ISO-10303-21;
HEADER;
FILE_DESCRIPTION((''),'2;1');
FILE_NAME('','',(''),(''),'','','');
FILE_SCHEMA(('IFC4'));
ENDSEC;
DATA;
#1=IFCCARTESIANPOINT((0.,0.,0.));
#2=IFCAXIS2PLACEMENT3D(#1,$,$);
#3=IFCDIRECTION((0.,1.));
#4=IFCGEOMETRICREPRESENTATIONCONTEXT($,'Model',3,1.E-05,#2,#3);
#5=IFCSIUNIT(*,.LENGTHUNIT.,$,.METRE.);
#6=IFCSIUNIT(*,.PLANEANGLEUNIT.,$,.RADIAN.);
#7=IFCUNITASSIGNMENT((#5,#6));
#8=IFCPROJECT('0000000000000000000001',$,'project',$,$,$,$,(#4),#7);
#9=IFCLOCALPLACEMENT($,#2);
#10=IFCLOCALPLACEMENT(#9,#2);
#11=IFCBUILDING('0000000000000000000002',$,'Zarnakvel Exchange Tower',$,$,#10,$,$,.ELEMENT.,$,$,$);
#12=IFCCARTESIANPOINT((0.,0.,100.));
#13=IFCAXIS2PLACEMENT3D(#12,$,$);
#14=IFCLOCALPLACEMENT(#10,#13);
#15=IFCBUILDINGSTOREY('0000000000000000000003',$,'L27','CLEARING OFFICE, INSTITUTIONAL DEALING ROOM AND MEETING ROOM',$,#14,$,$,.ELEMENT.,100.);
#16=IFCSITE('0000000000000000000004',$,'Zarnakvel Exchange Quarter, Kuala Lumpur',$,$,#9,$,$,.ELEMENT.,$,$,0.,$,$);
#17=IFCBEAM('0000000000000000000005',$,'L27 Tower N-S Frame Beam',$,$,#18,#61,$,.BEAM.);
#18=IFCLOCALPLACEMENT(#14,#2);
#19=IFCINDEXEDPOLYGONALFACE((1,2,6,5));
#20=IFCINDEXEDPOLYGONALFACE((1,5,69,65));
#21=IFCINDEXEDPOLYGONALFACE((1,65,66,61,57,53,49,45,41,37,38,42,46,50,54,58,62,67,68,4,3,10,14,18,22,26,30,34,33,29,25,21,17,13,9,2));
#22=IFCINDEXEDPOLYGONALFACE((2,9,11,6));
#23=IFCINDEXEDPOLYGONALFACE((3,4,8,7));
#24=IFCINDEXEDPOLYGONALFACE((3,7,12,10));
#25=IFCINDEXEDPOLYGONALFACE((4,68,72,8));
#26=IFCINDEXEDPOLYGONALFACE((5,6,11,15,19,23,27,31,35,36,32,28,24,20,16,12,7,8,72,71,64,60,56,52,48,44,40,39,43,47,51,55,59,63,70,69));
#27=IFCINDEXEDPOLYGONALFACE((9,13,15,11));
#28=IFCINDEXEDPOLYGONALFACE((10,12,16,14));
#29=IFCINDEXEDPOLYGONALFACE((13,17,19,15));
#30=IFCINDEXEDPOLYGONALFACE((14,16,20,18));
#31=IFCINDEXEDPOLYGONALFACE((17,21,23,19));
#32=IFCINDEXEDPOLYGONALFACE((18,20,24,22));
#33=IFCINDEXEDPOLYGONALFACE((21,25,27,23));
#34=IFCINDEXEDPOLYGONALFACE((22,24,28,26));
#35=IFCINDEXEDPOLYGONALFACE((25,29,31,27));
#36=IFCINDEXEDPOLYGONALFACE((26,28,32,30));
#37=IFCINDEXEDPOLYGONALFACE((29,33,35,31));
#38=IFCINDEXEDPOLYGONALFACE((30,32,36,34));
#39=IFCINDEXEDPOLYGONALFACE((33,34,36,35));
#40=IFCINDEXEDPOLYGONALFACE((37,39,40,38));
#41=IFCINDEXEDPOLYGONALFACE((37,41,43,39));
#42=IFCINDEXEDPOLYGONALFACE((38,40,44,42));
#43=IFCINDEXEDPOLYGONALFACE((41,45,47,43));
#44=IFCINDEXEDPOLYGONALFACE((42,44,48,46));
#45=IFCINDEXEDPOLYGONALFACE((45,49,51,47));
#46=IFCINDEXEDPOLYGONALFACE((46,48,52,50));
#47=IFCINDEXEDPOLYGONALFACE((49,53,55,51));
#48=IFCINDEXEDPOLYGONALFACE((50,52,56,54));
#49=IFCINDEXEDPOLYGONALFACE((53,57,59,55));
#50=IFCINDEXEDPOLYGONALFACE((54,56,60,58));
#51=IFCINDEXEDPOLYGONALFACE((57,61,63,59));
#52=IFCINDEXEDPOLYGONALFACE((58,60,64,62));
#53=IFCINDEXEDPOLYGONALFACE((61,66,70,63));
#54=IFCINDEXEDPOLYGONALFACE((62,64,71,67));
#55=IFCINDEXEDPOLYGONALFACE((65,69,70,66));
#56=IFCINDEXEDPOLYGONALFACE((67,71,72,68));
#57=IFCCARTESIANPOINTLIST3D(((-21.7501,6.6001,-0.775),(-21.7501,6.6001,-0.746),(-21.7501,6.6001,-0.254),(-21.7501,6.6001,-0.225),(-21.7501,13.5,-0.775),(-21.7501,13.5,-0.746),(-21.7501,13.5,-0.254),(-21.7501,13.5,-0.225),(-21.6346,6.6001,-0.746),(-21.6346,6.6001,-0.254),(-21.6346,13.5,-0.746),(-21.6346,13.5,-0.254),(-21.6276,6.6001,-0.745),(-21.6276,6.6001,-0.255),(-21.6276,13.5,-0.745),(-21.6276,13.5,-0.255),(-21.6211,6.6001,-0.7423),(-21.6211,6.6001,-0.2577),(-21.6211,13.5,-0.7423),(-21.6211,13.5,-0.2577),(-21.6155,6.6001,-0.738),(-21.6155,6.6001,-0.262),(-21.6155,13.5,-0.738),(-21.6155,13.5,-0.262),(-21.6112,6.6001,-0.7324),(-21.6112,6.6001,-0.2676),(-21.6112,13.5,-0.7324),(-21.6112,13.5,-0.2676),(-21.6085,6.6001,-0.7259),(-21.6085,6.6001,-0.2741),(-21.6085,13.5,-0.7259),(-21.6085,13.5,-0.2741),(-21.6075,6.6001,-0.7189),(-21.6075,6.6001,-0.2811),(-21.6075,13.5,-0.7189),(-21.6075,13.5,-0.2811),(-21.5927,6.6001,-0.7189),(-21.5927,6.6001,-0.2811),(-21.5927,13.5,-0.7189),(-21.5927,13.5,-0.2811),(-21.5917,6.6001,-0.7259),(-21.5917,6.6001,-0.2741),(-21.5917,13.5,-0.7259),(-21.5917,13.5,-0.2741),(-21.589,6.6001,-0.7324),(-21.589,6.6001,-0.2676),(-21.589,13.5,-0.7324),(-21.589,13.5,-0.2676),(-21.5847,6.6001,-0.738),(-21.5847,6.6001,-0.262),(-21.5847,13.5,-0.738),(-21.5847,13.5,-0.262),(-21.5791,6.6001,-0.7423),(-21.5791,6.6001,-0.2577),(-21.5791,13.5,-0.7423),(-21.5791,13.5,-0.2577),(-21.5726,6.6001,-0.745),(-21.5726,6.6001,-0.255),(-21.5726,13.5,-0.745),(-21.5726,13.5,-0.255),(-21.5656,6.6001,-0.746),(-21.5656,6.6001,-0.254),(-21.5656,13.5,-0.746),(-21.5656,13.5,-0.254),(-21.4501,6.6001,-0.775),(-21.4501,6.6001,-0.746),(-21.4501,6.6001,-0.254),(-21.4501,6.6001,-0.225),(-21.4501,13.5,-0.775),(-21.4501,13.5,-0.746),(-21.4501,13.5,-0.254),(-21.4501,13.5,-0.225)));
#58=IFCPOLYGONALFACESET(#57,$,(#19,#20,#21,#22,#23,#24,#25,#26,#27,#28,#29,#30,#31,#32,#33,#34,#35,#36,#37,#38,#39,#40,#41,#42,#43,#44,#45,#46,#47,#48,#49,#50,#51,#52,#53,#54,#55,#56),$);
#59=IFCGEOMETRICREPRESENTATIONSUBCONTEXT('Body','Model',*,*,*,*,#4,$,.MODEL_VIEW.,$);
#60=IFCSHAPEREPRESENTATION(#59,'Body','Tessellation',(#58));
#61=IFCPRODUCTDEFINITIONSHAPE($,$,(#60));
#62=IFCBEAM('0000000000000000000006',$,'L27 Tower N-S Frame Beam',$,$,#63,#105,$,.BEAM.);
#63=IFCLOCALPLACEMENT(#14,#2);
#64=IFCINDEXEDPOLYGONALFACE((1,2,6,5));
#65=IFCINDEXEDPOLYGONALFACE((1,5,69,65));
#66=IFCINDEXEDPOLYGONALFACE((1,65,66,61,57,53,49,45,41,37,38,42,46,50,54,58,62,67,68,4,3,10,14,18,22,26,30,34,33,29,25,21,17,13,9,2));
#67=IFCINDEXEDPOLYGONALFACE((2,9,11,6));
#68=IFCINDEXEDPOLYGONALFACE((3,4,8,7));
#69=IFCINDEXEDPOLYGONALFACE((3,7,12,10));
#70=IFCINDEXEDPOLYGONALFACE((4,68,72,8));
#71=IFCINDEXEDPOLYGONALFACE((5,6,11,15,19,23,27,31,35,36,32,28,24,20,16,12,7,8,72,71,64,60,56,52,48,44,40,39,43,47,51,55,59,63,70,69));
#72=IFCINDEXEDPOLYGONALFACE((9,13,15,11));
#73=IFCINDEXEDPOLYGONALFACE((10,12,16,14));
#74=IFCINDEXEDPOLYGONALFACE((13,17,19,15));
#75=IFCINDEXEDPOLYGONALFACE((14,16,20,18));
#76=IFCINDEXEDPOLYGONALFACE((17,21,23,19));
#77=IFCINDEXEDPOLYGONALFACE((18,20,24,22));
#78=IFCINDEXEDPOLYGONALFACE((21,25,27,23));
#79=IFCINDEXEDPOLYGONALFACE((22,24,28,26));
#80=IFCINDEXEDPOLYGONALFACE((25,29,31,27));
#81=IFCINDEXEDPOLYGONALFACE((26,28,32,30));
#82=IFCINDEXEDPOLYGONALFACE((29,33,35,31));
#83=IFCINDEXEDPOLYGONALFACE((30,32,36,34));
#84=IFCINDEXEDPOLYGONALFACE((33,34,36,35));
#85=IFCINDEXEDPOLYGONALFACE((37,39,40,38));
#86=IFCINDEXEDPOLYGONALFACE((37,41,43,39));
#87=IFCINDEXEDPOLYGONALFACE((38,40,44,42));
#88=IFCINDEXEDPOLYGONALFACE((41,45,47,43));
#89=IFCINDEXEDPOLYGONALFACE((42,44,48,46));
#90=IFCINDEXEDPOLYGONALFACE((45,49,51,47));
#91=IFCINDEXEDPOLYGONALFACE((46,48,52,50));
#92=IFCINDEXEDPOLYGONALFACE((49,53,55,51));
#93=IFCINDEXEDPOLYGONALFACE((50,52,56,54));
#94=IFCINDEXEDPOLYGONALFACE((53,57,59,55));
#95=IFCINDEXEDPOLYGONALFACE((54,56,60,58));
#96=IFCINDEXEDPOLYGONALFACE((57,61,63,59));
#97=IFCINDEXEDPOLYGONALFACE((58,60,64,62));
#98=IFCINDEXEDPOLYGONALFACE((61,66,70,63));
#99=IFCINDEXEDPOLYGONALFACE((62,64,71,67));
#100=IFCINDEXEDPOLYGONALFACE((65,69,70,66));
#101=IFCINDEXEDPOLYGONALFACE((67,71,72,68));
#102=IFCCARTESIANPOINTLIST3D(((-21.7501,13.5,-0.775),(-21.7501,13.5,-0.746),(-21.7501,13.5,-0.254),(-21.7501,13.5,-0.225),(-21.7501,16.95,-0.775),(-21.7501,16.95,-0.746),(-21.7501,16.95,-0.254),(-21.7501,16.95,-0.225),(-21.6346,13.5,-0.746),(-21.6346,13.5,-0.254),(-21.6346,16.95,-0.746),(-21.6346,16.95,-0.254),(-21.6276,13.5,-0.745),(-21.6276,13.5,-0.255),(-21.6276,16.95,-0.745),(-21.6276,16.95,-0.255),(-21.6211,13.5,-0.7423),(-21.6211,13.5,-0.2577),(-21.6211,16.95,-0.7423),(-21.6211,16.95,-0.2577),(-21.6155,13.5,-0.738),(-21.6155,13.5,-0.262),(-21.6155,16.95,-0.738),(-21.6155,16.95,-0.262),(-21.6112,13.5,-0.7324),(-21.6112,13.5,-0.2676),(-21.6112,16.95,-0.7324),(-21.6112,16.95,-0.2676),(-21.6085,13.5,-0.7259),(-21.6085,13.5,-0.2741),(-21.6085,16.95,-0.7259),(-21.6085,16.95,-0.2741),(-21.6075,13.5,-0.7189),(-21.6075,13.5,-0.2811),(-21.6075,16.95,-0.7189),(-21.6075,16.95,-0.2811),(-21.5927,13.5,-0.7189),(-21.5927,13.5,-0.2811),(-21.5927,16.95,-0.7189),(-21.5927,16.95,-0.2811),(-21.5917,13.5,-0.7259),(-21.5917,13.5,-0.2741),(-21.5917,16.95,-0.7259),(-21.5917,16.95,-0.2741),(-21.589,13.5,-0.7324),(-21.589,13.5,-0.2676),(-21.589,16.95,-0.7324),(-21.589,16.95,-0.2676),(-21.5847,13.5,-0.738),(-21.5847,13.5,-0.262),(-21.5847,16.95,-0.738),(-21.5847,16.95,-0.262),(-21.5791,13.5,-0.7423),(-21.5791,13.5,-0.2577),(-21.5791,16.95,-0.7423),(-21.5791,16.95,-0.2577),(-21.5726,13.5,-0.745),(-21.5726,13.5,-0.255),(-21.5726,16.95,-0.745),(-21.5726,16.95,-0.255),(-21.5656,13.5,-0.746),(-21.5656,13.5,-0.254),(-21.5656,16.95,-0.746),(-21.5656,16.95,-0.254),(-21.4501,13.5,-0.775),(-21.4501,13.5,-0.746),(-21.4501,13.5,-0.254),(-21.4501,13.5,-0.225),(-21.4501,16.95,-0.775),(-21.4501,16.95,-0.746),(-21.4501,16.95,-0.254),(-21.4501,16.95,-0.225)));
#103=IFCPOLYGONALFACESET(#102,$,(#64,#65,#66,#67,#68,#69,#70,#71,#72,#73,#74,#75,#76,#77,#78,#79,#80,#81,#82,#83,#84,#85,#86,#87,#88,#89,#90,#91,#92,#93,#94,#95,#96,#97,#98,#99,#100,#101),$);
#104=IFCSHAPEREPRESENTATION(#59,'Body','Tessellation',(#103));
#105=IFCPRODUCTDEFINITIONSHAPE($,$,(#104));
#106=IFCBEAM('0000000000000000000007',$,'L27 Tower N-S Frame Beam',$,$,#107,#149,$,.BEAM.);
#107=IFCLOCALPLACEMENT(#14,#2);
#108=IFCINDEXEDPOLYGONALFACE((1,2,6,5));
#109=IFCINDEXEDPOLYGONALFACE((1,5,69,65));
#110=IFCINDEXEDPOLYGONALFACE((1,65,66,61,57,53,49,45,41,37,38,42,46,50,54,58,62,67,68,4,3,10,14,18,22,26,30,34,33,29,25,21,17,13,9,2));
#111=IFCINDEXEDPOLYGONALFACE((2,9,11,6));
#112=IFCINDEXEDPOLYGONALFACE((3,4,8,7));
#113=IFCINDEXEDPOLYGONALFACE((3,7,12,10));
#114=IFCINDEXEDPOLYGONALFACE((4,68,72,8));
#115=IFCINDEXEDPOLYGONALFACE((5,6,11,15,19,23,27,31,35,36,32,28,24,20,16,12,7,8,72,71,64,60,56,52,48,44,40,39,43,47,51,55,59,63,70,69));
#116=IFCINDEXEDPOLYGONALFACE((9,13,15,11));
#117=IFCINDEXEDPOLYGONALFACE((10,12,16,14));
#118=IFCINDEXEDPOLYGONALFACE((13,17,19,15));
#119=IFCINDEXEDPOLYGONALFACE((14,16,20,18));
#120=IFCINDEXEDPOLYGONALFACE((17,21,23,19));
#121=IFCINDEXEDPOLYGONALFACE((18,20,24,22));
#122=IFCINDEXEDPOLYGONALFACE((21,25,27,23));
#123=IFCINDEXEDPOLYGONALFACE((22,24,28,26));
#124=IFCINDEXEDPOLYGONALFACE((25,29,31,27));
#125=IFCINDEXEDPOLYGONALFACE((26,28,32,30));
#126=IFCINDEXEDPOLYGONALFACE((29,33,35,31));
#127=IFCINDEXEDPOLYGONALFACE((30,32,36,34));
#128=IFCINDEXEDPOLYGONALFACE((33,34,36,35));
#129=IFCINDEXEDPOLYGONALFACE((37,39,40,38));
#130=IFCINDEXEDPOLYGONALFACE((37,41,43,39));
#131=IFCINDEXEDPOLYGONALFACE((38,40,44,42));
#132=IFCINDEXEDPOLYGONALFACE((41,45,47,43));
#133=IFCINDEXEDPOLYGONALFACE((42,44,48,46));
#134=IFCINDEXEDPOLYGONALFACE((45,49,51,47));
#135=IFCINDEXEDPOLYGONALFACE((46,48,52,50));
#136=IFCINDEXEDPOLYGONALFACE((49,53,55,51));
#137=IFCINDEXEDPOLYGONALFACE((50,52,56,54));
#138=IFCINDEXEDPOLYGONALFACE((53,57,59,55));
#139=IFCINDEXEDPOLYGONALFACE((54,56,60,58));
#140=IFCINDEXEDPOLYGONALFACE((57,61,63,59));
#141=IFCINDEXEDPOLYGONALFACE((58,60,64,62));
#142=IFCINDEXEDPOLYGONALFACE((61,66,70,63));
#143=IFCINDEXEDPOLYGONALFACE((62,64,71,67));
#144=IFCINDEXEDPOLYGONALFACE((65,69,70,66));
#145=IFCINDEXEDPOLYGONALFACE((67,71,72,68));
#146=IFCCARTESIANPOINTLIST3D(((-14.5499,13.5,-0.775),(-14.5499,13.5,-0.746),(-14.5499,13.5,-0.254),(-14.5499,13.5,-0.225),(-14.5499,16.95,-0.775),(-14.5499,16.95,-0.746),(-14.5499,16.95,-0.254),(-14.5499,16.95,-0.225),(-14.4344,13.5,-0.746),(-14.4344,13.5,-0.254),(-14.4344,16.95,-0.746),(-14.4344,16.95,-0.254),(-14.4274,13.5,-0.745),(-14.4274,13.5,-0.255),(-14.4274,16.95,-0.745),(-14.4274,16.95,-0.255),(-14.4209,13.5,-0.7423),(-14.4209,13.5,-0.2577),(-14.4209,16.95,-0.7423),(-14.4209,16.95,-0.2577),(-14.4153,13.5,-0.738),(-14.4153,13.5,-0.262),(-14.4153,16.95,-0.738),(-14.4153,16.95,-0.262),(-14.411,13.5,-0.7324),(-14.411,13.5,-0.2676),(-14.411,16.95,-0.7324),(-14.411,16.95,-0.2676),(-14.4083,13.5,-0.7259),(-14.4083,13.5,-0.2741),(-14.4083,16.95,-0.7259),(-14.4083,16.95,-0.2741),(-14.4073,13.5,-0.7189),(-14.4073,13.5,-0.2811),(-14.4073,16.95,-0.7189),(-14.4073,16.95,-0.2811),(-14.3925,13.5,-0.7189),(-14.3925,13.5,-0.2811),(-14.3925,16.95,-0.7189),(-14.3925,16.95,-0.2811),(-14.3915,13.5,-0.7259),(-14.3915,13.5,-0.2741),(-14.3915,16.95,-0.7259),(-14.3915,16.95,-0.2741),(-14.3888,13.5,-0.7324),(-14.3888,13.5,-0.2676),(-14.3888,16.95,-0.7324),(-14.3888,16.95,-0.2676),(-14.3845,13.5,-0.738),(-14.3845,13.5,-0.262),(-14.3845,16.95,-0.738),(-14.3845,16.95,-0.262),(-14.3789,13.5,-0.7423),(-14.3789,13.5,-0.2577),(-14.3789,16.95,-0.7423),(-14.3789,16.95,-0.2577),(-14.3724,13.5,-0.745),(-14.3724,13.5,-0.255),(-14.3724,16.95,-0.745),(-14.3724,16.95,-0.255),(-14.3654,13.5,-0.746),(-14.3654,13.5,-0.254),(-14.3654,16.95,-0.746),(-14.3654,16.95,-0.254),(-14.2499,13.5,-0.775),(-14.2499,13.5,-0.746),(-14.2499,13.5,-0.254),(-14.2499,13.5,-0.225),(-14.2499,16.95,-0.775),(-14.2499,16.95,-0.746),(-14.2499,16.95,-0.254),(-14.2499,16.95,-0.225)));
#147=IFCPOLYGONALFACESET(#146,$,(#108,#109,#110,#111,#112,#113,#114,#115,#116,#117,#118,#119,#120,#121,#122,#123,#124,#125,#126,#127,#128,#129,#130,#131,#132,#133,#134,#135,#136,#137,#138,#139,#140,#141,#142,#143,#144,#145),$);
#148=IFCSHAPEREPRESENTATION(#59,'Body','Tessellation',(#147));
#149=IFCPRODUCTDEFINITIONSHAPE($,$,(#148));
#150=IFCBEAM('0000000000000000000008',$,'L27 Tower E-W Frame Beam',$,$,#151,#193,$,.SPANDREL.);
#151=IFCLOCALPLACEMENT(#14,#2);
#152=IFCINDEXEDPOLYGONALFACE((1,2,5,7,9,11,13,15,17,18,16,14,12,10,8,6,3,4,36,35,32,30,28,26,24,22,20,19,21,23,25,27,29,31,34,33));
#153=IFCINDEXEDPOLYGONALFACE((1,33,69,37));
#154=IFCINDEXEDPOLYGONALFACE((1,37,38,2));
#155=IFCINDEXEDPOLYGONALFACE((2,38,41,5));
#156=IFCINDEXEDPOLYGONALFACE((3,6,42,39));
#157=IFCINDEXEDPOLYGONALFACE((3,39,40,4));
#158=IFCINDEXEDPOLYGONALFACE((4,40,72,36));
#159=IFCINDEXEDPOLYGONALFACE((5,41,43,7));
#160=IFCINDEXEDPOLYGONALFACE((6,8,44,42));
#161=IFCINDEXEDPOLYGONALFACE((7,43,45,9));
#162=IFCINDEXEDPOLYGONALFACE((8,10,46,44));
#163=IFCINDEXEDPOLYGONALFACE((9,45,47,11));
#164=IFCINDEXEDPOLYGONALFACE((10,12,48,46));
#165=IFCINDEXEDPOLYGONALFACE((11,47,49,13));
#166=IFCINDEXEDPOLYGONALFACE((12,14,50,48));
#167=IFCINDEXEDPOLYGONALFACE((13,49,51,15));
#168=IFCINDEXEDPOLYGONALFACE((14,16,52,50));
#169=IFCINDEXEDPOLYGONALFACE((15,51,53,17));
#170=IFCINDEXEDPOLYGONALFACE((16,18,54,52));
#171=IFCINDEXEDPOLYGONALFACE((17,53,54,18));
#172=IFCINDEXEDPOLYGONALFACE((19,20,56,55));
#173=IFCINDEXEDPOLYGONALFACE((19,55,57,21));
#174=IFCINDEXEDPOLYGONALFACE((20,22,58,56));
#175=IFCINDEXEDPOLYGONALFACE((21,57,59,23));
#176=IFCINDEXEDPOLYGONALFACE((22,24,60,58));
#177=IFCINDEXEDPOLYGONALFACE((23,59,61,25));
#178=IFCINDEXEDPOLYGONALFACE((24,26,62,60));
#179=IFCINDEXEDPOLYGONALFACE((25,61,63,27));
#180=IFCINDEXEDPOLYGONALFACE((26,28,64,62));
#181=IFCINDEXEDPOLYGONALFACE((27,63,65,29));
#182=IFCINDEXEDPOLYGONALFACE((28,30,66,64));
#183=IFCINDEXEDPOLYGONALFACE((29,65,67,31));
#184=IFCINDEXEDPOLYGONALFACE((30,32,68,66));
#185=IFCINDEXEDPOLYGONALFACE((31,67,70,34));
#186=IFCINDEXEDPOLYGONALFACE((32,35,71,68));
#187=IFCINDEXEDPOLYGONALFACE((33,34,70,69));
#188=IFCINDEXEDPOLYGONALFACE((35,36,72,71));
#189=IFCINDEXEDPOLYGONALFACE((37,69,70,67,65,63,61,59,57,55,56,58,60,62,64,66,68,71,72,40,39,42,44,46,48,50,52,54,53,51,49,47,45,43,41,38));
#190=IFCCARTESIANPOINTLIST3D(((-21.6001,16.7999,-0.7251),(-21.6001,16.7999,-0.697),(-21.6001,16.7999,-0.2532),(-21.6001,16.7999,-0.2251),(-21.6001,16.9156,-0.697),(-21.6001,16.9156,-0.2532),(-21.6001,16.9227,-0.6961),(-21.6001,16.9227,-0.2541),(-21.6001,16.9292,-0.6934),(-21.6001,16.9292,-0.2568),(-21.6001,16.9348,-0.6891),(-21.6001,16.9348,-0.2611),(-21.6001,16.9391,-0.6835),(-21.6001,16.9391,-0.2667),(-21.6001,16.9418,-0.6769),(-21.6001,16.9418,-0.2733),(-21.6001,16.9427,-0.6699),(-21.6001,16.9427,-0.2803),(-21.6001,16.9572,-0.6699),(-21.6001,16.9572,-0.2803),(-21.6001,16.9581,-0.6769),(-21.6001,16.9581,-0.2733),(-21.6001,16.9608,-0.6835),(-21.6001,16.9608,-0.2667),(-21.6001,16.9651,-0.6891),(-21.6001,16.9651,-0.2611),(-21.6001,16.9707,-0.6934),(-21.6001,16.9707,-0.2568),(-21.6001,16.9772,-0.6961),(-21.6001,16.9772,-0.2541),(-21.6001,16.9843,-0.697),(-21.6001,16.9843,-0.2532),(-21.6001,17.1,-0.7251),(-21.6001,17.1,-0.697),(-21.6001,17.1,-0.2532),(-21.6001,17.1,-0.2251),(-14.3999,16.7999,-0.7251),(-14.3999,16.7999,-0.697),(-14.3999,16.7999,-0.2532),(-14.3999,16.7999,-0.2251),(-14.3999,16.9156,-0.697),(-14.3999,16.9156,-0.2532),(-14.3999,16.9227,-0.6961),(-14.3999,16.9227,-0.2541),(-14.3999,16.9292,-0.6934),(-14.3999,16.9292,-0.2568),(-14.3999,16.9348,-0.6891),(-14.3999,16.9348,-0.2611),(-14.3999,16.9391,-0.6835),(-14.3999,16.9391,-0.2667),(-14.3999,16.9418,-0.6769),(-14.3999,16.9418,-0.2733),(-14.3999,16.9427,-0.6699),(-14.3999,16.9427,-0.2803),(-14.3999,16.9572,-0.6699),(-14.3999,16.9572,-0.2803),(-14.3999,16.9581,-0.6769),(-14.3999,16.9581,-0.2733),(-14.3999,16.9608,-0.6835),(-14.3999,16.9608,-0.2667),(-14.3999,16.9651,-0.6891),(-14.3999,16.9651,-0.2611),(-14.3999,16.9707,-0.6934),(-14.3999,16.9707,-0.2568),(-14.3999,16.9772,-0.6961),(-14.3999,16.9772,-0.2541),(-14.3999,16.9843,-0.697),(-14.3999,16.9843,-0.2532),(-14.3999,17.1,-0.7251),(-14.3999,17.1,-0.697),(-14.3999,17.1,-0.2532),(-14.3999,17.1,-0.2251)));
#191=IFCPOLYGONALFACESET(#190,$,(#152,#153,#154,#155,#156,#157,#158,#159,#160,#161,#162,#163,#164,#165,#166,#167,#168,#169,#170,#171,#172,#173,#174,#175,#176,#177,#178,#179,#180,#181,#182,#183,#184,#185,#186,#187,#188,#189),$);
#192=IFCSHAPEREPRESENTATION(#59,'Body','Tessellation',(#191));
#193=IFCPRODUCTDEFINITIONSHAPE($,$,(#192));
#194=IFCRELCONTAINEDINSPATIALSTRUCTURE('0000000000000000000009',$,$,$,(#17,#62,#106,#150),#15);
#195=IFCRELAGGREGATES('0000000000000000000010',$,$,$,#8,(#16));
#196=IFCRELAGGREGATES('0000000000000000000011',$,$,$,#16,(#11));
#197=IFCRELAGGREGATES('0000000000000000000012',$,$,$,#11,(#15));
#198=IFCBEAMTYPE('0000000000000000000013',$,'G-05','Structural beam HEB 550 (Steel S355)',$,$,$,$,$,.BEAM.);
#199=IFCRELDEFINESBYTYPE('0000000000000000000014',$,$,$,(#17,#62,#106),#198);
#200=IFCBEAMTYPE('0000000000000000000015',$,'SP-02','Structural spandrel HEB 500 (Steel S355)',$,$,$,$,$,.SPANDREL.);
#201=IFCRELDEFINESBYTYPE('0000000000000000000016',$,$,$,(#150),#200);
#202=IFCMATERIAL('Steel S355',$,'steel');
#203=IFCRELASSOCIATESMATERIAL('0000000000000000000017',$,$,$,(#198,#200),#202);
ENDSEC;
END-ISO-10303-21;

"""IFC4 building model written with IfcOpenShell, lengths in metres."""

from ifc_helpers import new_model, si_unit, direction, frame, origin, origin_2d, place, context, subcontext, project, spatial, i_section, extrude, material, material_profile, profile_set, type_object, element, save


model = new_model("IFC4")

# Units and contexts
model_context = context("Model", 3, precision=1e-05, world=origin(), true_north=direction((0.0, 1.0)))
body_context = subcontext(model_context, "Body", "Model", "MODEL_VIEW")
ifc_project = project(units=[si_unit("LENGTHUNIT", "METRE"), si_unit("PLANEANGLEUNIT", "RADIAN")], contexts=[model_context])

# Site, building, storey
site_placement = place(None, origin())
site = spatial("IfcSite", under=ifc_project, at=site_placement, Name="Zarnakvel Exchange Quarter, Kuala Lumpur", CompositionType="ELEMENT", RefElevation=0.0)
building_placement = place(site_placement, origin())
building = spatial("IfcBuilding", under=site, at=building_placement, Name="Zarnakvel Exchange Tower", CompositionType="ELEMENT")
storey_placement = place(building_placement, frame((0.0, 0.0, 100.0)))
storey = spatial("IfcBuildingStorey", under=building, at=storey_placement, Name="L27", Description="CLEARING OFFICE, INSTITUTIONAL DEALING ROOM AND MEETING ROOM", CompositionType="ELEMENT", Elevation=100.0)

# Beams
ifc_material_1 = material(Name="Steel S355", Category="steel")
ifc_material_profile_1 = material_profile(ifc_material_1, i_section(OverallWidth=0.3, OverallDepth=0.55, WebThickness=0.0149, FlangeThickness=0.0291, FilletRadius=0.0271, at=origin_2d()))
ifc_profile_set_1 = profile_set([ifc_material_profile_1], Name="Steel S355")
beam_type_1 = type_object("IfcBeamType", Name="G-05", Description="Structural beam HEB 550 (Steel S355)", PredefinedType="BEAM", material=ifc_profile_set_1)
beam_1_placement = place(storey_placement, frame((-21.6001, 6.6001, -0.5), z_axis=(0.0, 1.0, 0.0), x_axis=(-1.0, 0.0, 0.0)))
element("IfcBeam", 1, at=beam_1_placement, inside=storey, type_object=beam_type_1, Name="L27 Tower N-S Frame Beam", PredefinedType="BEAM", context=body_context, shape_type="SweptSolid", body=[
    extrude(i_section(OverallWidth=0.3, OverallDepth=0.55, WebThickness=0.0149, FlangeThickness=0.0291, FilletRadius=0.0271, at=origin_2d()), origin(), (0.0, 0.0, 1.0), 6.8999),
])
for number, where, z_axis, x_axis, name in (
    (2, (-21.6001, 13.5, -0.5), (0.0, 1.0, 0.0), (-1.0, 0.0, 0.0), "L27 Tower N-S Frame Beam"),
    (3, (-14.3999, 13.5, -0.5), (0.0, 1.0, 0.0), (-1.0, 0.0, 0.0), "L27 Tower N-S Frame Beam"),
):
    element("IfcBeam", number, at=place(storey_placement, frame(where, z_axis=z_axis, x_axis=x_axis)), inside=storey, type_object=beam_type_1, Name=name, PredefinedType="BEAM", context=body_context, shape_type="SweptSolid", body=[
        extrude(i_section(OverallWidth=0.3, OverallDepth=0.55, WebThickness=0.0149, FlangeThickness=0.0291, FilletRadius=0.0271, at=origin_2d()), origin(), (0.0, 0.0, 1.0), 3.45),
    ])
ifc_material_profile_2 = material_profile(ifc_material_1, i_section(OverallWidth=0.3, OverallDepth=0.5, WebThickness=0.0144, FlangeThickness=0.0281, FilletRadius=0.0271, at=origin_2d()))
ifc_profile_set_2 = profile_set([ifc_material_profile_2], Name="Steel S355")
beam_type_2 = type_object("IfcBeamType", Name="SP-02", Description="Structural spandrel HEB 500 (Steel S355)", PredefinedType="SPANDREL", material=ifc_profile_set_2)
beam_2_placement = place(storey_placement, frame((-21.6001, 16.95, -0.4751), z_axis=(1.0, 0.0, 0.0), x_axis=(0.0, 1.0, 0.0)))
element("IfcBeam", 4, at=beam_2_placement, inside=storey, type_object=beam_type_2, Name="L27 Tower E-W Frame Beam", PredefinedType="SPANDREL", context=body_context, shape_type="SweptSolid", body=[
    extrude(i_section(OverallWidth=0.3, OverallDepth=0.5, WebThickness=0.0144, FlangeThickness=0.0281, FilletRadius=0.0271, at=origin_2d()), origin(), (0.0, 0.0, 1.0), 7.2002),
])

save(model, "model.ifc")
